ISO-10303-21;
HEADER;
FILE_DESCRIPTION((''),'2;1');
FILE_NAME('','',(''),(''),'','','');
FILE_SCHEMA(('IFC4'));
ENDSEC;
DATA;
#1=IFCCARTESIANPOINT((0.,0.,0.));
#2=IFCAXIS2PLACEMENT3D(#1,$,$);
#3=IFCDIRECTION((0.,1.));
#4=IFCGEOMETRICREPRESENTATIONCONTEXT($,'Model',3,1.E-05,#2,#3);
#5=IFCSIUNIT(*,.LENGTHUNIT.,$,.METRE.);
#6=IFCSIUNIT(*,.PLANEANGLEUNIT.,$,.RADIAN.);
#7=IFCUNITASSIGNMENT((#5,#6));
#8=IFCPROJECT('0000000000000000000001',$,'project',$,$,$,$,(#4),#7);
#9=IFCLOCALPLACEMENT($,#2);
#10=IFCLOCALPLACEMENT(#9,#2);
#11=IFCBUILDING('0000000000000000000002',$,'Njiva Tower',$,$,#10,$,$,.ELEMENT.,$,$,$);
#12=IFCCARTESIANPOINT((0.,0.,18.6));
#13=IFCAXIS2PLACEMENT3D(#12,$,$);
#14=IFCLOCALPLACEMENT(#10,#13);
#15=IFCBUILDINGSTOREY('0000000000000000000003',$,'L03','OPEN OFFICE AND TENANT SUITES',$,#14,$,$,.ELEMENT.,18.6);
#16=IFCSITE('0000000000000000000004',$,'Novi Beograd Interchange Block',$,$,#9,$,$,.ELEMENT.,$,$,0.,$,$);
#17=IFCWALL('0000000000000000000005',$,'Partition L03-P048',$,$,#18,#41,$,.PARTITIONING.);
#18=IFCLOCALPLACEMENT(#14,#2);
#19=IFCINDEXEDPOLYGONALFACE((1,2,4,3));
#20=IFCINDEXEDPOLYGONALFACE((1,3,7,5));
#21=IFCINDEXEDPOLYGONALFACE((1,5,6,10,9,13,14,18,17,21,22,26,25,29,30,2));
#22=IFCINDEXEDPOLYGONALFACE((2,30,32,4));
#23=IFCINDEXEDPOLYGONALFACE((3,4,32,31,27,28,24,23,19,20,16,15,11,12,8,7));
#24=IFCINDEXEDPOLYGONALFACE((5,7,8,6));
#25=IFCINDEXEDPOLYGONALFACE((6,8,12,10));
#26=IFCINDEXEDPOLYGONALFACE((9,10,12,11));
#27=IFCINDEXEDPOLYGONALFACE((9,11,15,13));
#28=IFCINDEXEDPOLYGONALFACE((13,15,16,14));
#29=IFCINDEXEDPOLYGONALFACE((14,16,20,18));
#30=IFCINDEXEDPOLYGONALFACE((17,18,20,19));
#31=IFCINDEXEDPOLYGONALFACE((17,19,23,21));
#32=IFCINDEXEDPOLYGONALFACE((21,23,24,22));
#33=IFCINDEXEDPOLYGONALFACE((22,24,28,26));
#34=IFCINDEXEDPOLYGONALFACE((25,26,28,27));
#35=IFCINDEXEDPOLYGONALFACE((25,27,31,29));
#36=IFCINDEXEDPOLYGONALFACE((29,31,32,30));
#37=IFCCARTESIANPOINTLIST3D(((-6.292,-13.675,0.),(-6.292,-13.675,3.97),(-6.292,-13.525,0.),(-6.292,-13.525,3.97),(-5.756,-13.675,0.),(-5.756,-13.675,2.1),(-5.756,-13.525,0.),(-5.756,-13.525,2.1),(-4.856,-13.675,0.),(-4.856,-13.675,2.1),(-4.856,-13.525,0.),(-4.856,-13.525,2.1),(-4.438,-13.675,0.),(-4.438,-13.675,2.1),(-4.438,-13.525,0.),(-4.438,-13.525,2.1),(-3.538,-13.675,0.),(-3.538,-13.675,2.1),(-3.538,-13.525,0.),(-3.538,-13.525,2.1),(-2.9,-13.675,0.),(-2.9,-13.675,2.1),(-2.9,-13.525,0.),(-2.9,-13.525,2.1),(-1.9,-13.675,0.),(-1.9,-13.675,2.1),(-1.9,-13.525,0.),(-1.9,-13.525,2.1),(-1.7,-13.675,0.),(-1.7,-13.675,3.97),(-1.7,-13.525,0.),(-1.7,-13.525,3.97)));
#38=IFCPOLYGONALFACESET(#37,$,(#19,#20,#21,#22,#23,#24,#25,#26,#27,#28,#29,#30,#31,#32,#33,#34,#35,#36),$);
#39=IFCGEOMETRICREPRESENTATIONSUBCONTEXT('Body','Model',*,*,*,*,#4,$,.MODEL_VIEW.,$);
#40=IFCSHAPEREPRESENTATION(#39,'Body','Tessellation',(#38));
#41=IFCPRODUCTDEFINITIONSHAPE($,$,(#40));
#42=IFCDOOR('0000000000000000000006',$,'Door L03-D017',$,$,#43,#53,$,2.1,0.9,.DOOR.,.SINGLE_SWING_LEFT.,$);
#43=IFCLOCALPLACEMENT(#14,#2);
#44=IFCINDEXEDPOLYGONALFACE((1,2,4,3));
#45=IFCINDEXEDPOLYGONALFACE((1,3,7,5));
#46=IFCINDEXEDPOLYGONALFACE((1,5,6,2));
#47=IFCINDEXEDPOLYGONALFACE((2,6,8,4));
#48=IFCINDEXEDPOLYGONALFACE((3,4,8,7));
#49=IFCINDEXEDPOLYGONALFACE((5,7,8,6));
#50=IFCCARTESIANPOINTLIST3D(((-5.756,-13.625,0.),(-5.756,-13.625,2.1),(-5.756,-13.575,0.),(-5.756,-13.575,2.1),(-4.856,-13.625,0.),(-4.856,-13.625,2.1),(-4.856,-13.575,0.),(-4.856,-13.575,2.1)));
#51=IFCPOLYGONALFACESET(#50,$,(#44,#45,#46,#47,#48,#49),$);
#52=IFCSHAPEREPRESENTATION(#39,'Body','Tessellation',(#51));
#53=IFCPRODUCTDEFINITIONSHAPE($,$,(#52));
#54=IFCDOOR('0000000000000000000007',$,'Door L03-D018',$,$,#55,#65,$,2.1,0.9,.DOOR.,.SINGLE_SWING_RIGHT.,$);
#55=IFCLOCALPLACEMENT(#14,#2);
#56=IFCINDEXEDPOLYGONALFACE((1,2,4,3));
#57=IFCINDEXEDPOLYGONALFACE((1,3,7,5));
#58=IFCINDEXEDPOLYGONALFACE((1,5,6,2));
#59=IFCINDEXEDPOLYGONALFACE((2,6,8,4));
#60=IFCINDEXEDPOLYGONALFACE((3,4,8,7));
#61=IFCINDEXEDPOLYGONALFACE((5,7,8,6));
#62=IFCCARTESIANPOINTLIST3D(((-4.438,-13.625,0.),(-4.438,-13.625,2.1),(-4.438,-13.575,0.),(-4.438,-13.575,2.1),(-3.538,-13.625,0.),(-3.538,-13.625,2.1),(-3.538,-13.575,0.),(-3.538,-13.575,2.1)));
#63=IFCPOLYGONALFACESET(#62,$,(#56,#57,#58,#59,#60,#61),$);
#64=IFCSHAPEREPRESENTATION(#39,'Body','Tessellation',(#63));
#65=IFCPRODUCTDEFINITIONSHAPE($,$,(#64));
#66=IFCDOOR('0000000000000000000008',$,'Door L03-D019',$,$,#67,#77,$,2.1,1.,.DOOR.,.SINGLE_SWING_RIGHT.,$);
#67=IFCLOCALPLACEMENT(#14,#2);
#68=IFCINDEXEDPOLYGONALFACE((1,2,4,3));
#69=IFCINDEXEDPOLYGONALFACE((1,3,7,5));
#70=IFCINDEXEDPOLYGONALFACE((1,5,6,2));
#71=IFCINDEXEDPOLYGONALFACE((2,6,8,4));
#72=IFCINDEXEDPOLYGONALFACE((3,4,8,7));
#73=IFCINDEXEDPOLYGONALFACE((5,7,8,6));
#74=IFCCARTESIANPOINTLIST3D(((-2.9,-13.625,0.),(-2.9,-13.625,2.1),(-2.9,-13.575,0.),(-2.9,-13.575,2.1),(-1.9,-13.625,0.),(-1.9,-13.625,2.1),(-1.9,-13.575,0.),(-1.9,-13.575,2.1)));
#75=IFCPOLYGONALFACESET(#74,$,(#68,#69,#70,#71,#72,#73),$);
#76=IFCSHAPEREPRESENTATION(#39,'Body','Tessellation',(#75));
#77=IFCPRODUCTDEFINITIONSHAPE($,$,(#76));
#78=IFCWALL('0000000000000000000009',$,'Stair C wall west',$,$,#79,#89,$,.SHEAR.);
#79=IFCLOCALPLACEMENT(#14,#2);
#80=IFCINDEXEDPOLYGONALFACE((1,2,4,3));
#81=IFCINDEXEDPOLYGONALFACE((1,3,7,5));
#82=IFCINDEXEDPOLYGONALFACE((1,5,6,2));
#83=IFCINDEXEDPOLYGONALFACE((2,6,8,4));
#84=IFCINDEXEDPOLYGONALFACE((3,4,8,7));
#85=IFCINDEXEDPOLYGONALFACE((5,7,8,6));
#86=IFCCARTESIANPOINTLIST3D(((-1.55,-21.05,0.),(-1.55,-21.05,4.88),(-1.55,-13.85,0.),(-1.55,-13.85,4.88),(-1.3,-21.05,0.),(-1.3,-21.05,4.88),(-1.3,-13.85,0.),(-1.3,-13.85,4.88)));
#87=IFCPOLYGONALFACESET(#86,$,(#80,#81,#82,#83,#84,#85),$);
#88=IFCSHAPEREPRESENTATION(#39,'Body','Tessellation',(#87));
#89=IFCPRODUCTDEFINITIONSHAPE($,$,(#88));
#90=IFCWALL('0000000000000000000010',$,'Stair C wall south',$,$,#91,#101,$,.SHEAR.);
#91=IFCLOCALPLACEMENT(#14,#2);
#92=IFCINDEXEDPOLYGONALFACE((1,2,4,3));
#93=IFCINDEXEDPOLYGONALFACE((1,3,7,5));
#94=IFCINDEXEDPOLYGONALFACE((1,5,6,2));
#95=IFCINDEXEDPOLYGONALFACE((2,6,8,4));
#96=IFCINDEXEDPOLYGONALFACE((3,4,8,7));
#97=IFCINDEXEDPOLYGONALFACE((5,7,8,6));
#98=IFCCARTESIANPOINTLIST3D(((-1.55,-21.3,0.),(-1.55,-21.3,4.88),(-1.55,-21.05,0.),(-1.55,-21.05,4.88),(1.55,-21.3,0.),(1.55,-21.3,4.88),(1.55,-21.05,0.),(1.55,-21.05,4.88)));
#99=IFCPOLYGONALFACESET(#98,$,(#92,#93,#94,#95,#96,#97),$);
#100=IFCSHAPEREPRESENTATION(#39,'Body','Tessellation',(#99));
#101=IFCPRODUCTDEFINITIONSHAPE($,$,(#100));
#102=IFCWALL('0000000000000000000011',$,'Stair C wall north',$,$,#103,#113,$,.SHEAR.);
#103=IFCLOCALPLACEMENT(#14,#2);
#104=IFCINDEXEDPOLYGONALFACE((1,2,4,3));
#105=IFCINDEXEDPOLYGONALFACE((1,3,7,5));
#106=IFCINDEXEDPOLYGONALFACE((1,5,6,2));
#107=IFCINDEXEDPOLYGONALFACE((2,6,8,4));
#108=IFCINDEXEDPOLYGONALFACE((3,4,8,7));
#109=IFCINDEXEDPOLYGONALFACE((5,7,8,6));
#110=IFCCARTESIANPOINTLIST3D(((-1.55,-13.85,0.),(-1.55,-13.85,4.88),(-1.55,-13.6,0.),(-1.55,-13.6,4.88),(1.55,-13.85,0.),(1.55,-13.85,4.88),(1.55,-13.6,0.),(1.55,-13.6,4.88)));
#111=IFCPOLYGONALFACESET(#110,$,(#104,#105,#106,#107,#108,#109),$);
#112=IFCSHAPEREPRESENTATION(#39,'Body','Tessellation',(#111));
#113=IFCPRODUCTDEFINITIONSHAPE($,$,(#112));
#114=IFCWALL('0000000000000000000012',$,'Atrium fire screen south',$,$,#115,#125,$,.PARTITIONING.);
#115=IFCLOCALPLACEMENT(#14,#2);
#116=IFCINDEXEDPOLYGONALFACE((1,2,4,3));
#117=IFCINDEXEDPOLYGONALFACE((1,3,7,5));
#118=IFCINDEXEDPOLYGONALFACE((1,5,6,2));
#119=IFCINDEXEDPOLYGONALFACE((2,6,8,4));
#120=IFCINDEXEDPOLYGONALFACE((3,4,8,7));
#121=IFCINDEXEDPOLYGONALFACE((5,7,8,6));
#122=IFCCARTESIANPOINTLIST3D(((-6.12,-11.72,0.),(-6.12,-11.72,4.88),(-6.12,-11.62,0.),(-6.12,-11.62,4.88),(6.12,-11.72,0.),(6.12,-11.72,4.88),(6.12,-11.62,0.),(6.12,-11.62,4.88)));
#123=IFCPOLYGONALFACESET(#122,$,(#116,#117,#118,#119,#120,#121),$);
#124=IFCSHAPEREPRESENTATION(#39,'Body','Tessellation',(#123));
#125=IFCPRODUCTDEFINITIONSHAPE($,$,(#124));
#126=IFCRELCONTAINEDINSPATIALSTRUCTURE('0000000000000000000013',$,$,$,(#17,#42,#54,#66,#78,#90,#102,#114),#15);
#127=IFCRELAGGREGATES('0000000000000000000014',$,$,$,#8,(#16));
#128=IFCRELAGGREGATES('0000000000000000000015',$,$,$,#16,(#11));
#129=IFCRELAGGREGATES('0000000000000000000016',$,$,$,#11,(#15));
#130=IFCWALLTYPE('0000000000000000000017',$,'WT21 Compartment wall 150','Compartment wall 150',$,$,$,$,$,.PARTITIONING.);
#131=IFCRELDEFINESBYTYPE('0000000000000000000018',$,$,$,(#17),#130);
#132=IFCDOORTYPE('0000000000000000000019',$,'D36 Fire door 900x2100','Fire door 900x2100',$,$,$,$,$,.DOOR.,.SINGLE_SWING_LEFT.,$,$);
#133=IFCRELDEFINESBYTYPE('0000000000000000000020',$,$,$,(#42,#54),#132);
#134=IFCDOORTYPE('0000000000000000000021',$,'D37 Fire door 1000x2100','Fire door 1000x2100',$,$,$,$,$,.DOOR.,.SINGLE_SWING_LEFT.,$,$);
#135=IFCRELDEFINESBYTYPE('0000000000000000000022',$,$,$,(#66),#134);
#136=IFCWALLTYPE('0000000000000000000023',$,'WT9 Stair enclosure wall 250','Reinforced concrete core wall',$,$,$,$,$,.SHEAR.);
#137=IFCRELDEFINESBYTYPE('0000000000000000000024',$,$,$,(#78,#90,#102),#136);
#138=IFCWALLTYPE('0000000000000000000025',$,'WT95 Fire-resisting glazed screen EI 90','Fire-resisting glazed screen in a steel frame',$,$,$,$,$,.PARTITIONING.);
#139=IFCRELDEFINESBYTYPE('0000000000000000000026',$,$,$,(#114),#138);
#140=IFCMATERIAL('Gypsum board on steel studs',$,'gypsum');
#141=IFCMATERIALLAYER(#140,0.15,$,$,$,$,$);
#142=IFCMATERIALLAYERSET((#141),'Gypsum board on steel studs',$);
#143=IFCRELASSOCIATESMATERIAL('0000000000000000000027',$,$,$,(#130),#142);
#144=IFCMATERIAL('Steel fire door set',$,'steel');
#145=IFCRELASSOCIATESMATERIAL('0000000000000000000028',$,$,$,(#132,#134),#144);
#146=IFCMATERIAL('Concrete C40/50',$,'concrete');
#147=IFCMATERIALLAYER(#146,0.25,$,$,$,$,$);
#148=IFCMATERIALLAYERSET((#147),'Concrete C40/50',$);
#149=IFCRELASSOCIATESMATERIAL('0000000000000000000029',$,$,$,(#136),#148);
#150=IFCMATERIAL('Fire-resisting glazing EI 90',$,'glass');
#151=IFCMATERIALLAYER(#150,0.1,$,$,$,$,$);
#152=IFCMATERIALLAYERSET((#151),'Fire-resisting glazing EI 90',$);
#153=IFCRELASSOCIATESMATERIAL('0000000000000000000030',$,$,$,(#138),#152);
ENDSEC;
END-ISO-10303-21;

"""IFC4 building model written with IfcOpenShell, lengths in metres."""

from ifc_helpers import new_model, si_unit, direction, frame, frame_2d, origin, place, context, subcontext, project, spatial, rectangle, extrude, material, layer, layer_set, type_object, element, fill, save


model = new_model("IFC4")

# Units and contexts
model_context = context("Model", 3, precision=1e-05, world=origin(), true_north=direction((0.0, 1.0)))
body_context = subcontext(model_context, "Body", "Model", "MODEL_VIEW")
ifc_project = project(units=[si_unit("LENGTHUNIT", "METRE"), si_unit("PLANEANGLEUNIT", "RADIAN")], contexts=[model_context])

# Site, building, storey
site_placement = place(None, origin())
site = spatial("IfcSite", under=ifc_project, at=site_placement, Name="Novi Beograd Interchange Block", CompositionType="ELEMENT", RefElevation=0.0)
building_placement = place(site_placement, origin())
building = spatial("IfcBuilding", under=site, at=building_placement, Name="Njiva Tower", CompositionType="ELEMENT")
storey_placement = place(building_placement, frame((0.0, 0.0, 18.6)))
storey = spatial("IfcBuildingStorey", under=building, at=storey_placement, Name="L03", Description="OPEN OFFICE AND TENANT SUITES", CompositionType="ELEMENT", Elevation=18.6)

# Shared definitions
ifc_material_1 = material(Name="Gypsum board on steel studs", Category="gypsum")
ifc_layer_1 = layer(ifc_material_1, 0.15)
ifc_layer_set_1 = layer_set([ifc_layer_1], Name="Gypsum board on steel studs")
wall_type_1 = type_object("IfcWallType", Name="WT21 Compartment wall 150", Description="Compartment wall 150", PredefinedType="PARTITIONING", material=ifc_layer_set_1)

# Wall, openings, doors
wall_1_placement = place(storey_placement, frame((-6.292, -13.6, 0.0), z_axis=(0.0, 0.0, 1.0), x_axis=(1.0, 0.0, 0.0)))
wall_1 = element("IfcWall", 1, at=wall_1_placement, inside=storey, type_object=wall_type_1, Name="Partition L03-P048", PredefinedType="PARTITIONING", context=body_context, shape_type="SweptSolid", body=[
    extrude(rectangle(XDim=4.592, YDim=0.15, at=frame_2d((2.296, 0.0))), origin(), (0.0, 0.0, 1.0), 3.97),
])
opening_1_placement = place(wall_1_placement, frame((0.536, 0.0, 0.0)))
opening_1 = element("IfcOpeningElement", 2, at=opening_1_placement, cuts=wall_1, PredefinedType="OPENING", context=body_context, shape_type="SweptSolid", body=[
    extrude(rectangle(XDim=0.9, YDim=2.1, at=frame_2d((0.45, 1.05))), frame((0.0, 0.085, 0.0), z_axis=(0.0, -1.0, 0.0), x_axis=(1.0, 0.0, 0.0)), (0.0, 0.0, 1.0), 0.17),
])
opening_2_placement = place(wall_1_placement, frame((1.854, 0.0, 0.0)))
opening_2 = element("IfcOpeningElement", 3, at=opening_2_placement, cuts=wall_1, PredefinedType="OPENING", context=body_context, shape_type="SweptSolid", body=[
    extrude(rectangle(XDim=0.9, YDim=2.1, at=frame_2d((0.45, 1.05))), frame((0.0, 0.085, 0.0), z_axis=(0.0, -1.0, 0.0), x_axis=(1.0, 0.0, 0.0)), (0.0, 0.0, 1.0), 0.17),
])
opening_3_placement = place(wall_1_placement, frame((3.392, 0.0, 0.0)))
opening_3 = element("IfcOpeningElement", 4, at=opening_3_placement, cuts=wall_1, PredefinedType="OPENING", context=body_context, shape_type="SweptSolid", body=[
    extrude(rectangle(XDim=1.0, YDim=2.1, at=frame_2d((0.5, 1.05))), frame((0.0, 0.085, 0.0), z_axis=(0.0, -1.0, 0.0), x_axis=(1.0, 0.0, 0.0)), (0.0, 0.0, 1.0), 0.17),
])
ifc_material_2 = material(Name="Steel fire door set", Category="steel")
door_type_1 = type_object("IfcDoorType", Name="D36 Fire door 900x2100", Description="Fire door 900x2100", OperationType="SINGLE_SWING_LEFT", PredefinedType="DOOR", material=ifc_material_2)
door_1_placement = place(opening_1_placement, origin())
door_1 = element("IfcDoor", 5, at=door_1_placement, inside=storey, type_object=door_type_1, Name="Door L03-D017", OperationType="SINGLE_SWING_LEFT", OverallHeight=2.1, OverallWidth=0.9, PredefinedType="DOOR", context=body_context, shape_type="SweptSolid", body=[
    extrude(rectangle(XDim=0.9, YDim=2.1, at=frame_2d((0.45, 1.05))), frame((0.0, 0.025, 0.0), z_axis=(0.0, -1.0, 0.0), x_axis=(1.0, 0.0, 0.0)), (0.0, 0.0, 1.0), 0.05),
])
fill(opening_1, door_1)
door_2_placement = place(opening_2_placement, origin())
door_2 = element("IfcDoor", 6, at=door_2_placement, inside=storey, type_object=door_type_1, Name="Door L03-D018", OperationType="SINGLE_SWING_RIGHT", OverallHeight=2.1, OverallWidth=0.9, PredefinedType="DOOR", context=body_context, shape_type="SweptSolid", body=[
    extrude(rectangle(XDim=0.9, YDim=2.1, at=frame_2d((0.45, 1.05))), frame((0.0, 0.025, 0.0), z_axis=(0.0, -1.0, 0.0), x_axis=(1.0, 0.0, 0.0)), (0.0, 0.0, 1.0), 0.05),
])
fill(opening_2, door_2)
door_type_2 = type_object("IfcDoorType", Name="D37 Fire door 1000x2100", Description="Fire door 1000x2100", OperationType="SINGLE_SWING_LEFT", PredefinedType="DOOR", material=ifc_material_2)
door_3_placement = place(opening_3_placement, origin())
door_3 = element("IfcDoor", 7, at=door_3_placement, inside=storey, type_object=door_type_2, Name="Door L03-D019", OperationType="SINGLE_SWING_RIGHT", OverallHeight=2.1, OverallWidth=1.0, PredefinedType="DOOR", context=body_context, shape_type="SweptSolid", body=[
    extrude(rectangle(XDim=1.0, YDim=2.1, at=frame_2d((0.5, 1.05))), frame((0.0, 0.025, 0.0), z_axis=(0.0, -1.0, 0.0), x_axis=(1.0, 0.0, 0.0)), (0.0, 0.0, 1.0), 0.05),
])
fill(opening_3, door_3)

# Walls
ifc_material_3 = material(Name="Concrete C40/50", Category="concrete")
ifc_layer_2 = layer(ifc_material_3, 0.25)
ifc_layer_set_2 = layer_set([ifc_layer_2], Name="Concrete C40/50")
wall_type_2 = type_object("IfcWallType", Name="WT9 Stair enclosure wall 250", Description="Reinforced concrete core wall", PredefinedType="SHEAR", material=ifc_layer_set_2)
wall_2_placement = place(storey_placement, frame((-1.425, -21.05, 0.0), z_axis=(0.0, 0.0, 1.0), x_axis=(0.0, 1.0, 0.0)))
element("IfcWall", 8, at=wall_2_placement, inside=storey, type_object=wall_type_2, Name="Stair C wall west", PredefinedType="SHEAR", context=body_context, shape_type="SweptSolid", body=[
    extrude(rectangle(XDim=7.2, YDim=0.25, at=frame_2d((3.6, 0.0))), origin(), (0.0, 0.0, 1.0), 4.88),
])
for number, where, z_axis, x_axis, name in (
    (9, (-1.55, -21.175, 0.0), (0.0, 0.0, 1.0), (1.0, 0.0, 0.0), "Stair C wall south"),
    (10, (-1.55, -13.725, 0.0), (0.0, 0.0, 1.0), (1.0, 0.0, 0.0), "Stair C wall north"),
):
    element("IfcWall", number, at=place(storey_placement, frame(where, z_axis=z_axis, x_axis=x_axis)), inside=storey, type_object=wall_type_2, Name=name, PredefinedType="SHEAR", context=body_context, shape_type="SweptSolid", body=[
        extrude(rectangle(XDim=3.1, YDim=0.25, at=frame_2d((1.55, 0.0))), origin(), (0.0, 0.0, 1.0), 4.88),
    ])
ifc_material_4 = material(Name="Fire-resisting glazing EI 90", Category="glass")
ifc_layer_3 = layer(ifc_material_4, 0.1)
ifc_layer_set_3 = layer_set([ifc_layer_3], Name="Fire-resisting glazing EI 90")
wall_type_3 = type_object("IfcWallType", Name="WT95 Fire-resisting glazed screen EI 90", Description="Fire-resisting glazed screen in a steel frame", PredefinedType="PARTITIONING", material=ifc_layer_set_3)
wall_3_placement = place(storey_placement, frame((-6.12, -11.67, 0.0), z_axis=(0.0, 0.0, 1.0), x_axis=(1.0, 0.0, 0.0)))
element("IfcWall", 11, at=wall_3_placement, inside=storey, type_object=wall_type_3, Name="Atrium fire screen south", PredefinedType="PARTITIONING", context=body_context, shape_type="SweptSolid", body=[
    extrude(rectangle(XDim=12.24, YDim=0.1, at=frame_2d((6.12, 0.0))), origin(), (0.0, 0.0, 1.0), 4.88),
])

save(model, "model.ifc")
